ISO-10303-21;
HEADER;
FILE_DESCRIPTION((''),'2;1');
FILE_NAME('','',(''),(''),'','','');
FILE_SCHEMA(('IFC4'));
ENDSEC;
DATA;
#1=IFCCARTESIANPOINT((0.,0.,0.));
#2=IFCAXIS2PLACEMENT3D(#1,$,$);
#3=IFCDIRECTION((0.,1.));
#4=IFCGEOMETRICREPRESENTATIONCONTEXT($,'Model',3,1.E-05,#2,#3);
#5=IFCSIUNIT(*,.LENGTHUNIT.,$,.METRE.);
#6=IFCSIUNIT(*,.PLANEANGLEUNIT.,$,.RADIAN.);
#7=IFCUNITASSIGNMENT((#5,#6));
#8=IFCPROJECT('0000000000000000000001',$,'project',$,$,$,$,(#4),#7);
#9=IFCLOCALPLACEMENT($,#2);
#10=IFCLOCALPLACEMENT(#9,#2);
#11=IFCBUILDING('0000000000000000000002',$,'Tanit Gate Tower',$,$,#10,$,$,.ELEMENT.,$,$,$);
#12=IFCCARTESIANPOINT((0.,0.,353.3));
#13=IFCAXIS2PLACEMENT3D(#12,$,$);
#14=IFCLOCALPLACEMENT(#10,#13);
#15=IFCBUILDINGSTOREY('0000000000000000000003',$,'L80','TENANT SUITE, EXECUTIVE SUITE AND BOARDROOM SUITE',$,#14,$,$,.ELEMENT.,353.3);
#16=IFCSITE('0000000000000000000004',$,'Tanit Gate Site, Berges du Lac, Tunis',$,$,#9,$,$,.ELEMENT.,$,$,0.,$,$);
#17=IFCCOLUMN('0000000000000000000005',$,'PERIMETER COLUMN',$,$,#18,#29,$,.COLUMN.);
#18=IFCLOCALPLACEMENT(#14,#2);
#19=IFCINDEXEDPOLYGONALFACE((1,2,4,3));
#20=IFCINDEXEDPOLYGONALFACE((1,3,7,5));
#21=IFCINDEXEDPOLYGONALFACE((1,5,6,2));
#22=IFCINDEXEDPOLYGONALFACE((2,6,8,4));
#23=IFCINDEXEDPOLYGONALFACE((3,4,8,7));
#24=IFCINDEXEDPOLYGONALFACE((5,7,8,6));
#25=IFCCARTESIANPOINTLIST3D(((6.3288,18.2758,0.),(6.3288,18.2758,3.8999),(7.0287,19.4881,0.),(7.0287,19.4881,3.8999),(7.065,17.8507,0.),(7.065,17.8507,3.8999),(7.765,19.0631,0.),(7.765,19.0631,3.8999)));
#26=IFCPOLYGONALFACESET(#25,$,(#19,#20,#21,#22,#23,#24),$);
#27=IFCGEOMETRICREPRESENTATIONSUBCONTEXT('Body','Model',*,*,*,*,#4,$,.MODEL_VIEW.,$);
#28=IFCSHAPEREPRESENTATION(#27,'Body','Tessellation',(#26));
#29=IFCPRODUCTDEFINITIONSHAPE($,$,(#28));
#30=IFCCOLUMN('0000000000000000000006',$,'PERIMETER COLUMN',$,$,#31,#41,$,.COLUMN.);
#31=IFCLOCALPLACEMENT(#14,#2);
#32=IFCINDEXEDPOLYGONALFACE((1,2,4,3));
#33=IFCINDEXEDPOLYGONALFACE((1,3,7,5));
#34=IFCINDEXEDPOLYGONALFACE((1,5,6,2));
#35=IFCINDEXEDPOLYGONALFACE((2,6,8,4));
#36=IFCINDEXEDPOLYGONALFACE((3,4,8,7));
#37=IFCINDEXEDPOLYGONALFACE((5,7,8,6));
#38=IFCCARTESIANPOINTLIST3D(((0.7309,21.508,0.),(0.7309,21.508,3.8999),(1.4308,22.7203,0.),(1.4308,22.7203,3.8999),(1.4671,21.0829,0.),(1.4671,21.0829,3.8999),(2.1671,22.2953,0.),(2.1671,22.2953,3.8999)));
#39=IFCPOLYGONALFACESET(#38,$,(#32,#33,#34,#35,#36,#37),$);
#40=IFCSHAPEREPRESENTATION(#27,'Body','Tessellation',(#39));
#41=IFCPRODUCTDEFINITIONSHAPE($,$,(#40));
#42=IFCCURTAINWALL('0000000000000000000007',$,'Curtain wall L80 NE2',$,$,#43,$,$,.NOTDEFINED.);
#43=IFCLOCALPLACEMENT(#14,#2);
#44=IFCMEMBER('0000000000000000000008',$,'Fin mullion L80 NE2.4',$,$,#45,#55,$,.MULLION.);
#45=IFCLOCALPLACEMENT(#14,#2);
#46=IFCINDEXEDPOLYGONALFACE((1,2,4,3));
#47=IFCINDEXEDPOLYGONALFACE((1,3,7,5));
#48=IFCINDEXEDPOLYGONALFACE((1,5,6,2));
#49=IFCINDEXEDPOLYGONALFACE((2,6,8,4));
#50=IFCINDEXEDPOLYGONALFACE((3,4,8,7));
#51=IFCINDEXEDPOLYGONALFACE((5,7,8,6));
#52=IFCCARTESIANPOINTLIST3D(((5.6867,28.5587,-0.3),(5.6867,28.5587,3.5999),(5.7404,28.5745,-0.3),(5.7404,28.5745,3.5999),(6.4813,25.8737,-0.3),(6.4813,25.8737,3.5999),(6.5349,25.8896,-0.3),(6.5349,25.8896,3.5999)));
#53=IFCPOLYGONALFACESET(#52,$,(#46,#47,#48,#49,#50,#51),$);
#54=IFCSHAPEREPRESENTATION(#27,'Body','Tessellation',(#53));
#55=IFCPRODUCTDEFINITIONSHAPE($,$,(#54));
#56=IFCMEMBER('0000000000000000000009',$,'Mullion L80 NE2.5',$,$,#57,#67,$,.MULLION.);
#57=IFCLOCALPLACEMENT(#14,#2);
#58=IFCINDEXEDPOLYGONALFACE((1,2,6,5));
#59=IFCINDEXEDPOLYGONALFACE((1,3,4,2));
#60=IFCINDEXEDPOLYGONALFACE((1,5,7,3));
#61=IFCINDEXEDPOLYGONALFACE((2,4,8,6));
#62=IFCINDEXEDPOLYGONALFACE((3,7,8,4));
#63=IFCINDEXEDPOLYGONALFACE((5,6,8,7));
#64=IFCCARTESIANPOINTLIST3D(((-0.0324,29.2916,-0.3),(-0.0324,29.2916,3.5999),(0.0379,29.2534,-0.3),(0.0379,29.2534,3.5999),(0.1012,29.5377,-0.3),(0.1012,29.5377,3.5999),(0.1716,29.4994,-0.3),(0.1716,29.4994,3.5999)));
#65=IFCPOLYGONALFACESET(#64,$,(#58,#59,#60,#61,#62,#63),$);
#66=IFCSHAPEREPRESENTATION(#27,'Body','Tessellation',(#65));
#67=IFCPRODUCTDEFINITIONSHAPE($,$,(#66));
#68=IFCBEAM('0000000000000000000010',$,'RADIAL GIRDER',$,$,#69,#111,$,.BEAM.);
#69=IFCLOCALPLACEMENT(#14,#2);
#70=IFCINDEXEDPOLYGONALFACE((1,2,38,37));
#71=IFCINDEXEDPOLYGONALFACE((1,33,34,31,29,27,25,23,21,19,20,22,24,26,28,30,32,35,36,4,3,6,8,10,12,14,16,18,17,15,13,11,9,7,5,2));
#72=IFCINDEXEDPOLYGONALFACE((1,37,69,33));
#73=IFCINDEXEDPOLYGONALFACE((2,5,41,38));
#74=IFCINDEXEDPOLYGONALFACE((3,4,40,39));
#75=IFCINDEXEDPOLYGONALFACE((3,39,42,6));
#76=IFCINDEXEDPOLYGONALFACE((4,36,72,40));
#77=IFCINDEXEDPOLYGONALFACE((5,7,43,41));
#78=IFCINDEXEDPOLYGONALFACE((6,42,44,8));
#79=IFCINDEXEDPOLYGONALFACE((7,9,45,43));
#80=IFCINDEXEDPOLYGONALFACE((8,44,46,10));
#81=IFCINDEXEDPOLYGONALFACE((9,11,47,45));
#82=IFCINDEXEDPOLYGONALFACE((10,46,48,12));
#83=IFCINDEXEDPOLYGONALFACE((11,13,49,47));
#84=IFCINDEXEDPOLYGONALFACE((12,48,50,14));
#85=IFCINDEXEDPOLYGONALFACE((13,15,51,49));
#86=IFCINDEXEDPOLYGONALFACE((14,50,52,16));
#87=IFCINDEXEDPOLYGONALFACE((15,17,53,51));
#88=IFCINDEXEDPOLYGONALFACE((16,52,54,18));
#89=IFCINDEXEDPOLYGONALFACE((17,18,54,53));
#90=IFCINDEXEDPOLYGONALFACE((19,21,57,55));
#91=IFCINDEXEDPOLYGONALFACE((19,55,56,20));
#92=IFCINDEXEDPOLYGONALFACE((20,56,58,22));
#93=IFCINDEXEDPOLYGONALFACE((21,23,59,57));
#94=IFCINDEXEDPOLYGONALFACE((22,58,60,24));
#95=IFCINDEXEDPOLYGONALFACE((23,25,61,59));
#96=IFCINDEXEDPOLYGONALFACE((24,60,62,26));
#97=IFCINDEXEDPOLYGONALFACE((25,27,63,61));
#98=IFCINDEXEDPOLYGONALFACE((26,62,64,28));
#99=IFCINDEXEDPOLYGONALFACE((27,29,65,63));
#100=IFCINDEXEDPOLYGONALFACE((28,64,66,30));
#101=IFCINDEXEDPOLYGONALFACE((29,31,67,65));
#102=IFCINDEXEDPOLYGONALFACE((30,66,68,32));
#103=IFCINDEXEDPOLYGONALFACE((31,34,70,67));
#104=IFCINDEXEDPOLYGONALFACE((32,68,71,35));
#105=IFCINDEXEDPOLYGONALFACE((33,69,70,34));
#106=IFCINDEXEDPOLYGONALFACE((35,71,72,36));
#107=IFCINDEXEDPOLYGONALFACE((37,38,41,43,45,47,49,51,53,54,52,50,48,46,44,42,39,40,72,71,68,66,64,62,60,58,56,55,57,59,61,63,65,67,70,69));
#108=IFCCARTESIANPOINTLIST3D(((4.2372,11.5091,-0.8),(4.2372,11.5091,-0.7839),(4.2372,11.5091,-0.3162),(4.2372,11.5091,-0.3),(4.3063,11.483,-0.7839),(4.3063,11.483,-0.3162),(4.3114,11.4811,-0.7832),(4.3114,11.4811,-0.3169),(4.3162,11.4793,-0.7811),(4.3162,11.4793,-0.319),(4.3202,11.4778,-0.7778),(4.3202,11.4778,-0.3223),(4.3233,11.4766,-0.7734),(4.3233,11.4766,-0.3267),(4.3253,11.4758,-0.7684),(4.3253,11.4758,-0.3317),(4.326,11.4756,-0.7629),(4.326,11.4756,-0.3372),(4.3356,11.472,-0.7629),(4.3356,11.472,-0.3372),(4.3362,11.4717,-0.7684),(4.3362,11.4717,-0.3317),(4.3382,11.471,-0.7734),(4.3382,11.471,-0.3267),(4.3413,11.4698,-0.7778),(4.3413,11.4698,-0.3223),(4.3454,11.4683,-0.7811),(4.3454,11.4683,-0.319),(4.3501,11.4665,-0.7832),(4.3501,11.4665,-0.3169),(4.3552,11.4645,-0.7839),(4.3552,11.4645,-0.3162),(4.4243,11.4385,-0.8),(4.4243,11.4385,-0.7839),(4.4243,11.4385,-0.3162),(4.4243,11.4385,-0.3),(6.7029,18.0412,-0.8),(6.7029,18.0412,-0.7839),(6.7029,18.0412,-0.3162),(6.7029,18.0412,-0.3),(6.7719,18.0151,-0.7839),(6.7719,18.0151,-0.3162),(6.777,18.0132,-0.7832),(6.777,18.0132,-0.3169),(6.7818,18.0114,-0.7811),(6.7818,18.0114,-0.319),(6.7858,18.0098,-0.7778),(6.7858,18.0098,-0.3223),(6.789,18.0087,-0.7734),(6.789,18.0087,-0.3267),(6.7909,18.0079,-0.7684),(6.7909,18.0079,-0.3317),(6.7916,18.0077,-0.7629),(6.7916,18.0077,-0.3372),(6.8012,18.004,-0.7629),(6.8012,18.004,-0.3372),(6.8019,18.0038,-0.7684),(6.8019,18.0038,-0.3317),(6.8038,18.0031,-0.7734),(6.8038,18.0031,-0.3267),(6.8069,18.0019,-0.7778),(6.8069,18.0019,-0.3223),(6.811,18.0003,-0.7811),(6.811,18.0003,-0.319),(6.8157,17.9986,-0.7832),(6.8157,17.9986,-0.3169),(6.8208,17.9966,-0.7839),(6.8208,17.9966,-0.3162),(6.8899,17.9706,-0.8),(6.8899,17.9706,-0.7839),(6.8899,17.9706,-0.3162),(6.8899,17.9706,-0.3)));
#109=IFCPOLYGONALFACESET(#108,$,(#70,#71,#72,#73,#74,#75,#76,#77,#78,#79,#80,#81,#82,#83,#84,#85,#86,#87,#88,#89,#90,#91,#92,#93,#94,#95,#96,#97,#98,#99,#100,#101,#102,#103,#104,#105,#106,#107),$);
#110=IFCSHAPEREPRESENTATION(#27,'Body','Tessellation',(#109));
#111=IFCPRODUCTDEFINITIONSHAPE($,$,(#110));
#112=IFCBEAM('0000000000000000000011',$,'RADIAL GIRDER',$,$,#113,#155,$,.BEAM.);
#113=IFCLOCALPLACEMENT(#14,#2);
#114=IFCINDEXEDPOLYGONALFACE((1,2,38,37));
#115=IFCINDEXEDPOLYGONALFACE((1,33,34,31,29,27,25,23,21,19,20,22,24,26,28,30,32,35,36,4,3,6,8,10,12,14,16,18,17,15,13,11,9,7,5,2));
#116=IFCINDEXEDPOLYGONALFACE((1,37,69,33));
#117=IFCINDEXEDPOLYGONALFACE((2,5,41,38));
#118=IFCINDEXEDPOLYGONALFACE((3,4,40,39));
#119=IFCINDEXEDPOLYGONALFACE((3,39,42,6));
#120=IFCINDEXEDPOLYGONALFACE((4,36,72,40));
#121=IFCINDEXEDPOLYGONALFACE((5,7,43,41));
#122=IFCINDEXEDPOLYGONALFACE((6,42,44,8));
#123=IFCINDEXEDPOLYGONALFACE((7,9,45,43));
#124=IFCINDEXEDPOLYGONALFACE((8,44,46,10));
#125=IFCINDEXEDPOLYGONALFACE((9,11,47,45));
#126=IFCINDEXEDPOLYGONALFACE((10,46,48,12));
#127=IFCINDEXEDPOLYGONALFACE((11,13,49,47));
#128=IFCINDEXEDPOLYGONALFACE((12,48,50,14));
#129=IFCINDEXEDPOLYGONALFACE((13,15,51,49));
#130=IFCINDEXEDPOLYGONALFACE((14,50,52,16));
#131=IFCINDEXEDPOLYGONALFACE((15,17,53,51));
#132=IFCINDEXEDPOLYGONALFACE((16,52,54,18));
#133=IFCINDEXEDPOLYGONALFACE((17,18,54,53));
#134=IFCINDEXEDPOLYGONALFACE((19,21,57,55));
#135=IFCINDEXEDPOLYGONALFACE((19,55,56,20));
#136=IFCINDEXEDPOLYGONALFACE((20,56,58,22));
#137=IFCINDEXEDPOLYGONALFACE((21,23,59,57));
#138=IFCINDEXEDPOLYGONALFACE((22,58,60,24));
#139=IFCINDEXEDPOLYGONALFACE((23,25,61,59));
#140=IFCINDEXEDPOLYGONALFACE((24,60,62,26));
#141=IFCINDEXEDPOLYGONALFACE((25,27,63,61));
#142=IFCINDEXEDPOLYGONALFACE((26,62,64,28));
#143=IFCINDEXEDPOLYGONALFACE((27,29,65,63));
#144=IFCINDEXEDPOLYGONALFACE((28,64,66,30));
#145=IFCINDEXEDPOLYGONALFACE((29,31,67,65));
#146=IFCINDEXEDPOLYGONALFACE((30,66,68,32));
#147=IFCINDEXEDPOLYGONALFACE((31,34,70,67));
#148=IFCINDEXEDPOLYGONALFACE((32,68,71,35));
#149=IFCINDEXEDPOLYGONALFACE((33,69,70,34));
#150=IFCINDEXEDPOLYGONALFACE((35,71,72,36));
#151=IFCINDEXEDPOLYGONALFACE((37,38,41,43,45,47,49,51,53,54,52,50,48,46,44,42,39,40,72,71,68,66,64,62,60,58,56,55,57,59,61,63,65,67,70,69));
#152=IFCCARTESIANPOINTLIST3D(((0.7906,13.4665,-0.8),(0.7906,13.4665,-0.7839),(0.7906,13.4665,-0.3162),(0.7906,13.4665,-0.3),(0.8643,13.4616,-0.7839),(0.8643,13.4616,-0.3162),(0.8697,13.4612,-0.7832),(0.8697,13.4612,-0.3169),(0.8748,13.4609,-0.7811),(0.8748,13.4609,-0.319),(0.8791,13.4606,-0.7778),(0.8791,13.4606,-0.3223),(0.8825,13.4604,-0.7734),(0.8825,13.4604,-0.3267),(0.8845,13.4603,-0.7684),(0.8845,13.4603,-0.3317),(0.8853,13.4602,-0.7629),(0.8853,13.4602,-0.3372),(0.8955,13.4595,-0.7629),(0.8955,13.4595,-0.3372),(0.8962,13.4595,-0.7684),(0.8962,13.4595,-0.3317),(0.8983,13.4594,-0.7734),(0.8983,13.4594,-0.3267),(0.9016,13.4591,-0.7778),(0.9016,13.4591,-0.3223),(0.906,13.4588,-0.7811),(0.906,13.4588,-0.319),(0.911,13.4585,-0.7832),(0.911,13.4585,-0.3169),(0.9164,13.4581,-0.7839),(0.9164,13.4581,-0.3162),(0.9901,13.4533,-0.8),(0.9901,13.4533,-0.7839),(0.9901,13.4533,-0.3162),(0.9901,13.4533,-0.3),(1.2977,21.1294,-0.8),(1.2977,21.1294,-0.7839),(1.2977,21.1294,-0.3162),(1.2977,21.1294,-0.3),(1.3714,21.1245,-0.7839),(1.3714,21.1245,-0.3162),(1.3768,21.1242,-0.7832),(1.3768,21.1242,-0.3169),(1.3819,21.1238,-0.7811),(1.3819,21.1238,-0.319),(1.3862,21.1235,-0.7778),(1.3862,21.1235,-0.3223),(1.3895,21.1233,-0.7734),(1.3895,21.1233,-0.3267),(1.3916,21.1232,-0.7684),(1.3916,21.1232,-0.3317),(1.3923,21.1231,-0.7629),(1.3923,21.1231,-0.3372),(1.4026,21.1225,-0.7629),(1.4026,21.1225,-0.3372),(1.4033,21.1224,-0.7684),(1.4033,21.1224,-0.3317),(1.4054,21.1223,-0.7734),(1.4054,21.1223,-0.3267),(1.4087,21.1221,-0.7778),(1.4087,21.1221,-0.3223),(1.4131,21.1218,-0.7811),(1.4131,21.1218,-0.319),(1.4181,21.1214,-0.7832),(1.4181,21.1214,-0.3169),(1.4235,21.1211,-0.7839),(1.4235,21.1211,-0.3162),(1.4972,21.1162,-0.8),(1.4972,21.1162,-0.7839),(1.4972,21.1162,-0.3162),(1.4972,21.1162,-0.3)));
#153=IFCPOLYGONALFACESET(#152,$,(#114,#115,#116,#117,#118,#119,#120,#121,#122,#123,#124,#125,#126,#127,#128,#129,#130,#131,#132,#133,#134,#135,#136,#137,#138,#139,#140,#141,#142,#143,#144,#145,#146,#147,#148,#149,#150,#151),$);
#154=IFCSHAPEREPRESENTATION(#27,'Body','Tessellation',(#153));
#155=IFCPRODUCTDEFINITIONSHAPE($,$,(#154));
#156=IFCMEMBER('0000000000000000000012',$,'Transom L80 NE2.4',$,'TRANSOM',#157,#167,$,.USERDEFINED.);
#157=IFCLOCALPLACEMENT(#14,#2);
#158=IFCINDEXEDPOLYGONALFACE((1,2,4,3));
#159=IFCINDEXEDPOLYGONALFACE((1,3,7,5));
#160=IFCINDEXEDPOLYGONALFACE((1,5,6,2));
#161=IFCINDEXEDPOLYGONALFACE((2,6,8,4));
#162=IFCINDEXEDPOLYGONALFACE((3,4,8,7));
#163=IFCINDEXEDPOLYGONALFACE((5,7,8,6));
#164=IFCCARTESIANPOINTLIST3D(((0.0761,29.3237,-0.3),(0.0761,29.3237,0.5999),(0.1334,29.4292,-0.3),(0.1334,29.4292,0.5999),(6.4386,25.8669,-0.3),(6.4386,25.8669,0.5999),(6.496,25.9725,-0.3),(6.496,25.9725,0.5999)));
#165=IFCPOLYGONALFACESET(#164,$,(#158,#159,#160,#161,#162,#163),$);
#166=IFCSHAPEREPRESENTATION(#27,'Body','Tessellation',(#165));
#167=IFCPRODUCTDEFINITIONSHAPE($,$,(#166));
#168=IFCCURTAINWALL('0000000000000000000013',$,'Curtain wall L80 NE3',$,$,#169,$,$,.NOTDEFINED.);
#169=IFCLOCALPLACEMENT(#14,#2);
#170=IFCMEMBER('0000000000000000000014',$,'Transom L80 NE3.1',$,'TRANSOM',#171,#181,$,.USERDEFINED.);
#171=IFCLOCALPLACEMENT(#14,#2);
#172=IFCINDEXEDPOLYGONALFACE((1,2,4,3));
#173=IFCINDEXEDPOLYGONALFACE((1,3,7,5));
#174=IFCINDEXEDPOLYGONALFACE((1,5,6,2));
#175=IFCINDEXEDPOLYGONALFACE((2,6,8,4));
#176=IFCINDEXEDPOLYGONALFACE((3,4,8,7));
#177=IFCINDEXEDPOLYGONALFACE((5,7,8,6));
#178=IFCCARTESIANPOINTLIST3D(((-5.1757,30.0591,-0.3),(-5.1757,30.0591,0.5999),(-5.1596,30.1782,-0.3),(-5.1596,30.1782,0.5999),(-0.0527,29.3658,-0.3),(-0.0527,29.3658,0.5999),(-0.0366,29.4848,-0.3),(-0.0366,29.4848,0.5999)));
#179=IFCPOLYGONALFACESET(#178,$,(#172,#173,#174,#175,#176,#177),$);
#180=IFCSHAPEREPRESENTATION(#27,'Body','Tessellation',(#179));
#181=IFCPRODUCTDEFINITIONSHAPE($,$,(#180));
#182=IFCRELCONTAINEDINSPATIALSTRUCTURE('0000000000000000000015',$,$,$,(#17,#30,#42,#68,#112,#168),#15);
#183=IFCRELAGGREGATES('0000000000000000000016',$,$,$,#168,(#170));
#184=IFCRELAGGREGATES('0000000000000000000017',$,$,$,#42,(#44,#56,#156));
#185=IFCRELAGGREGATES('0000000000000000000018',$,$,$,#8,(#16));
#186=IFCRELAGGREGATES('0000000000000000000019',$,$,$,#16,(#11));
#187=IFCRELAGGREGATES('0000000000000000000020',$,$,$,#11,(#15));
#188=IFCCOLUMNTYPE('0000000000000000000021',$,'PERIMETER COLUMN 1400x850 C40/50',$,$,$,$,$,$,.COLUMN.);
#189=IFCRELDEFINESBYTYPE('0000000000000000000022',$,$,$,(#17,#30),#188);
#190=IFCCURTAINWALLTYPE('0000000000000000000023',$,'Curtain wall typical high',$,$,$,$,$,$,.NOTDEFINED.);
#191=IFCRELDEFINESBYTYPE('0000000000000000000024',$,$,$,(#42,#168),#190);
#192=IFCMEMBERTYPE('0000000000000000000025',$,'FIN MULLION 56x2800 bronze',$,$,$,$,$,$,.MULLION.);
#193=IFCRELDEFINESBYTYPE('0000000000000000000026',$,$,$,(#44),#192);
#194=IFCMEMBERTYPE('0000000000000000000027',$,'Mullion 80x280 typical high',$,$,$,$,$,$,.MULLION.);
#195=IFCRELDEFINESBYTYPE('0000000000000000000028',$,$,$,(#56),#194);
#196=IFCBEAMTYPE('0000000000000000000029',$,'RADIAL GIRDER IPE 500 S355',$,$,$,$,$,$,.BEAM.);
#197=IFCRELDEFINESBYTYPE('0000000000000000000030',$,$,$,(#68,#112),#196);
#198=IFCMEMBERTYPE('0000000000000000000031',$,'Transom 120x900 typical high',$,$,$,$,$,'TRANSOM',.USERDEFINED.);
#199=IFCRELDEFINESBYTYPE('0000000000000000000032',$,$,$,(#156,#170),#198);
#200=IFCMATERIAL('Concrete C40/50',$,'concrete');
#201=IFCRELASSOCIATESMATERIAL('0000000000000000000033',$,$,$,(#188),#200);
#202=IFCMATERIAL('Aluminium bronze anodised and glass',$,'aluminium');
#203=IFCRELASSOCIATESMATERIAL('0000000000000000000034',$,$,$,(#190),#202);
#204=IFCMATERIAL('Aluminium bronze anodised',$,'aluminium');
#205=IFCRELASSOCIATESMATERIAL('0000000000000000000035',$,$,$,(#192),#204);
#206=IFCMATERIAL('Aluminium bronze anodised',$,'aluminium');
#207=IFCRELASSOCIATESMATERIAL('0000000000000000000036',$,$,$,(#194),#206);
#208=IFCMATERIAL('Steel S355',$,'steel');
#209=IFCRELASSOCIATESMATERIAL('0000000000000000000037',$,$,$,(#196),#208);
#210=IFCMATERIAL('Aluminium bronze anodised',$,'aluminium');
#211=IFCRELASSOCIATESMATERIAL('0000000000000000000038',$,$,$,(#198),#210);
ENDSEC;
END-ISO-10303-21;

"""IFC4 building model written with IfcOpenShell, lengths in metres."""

from ifc_helpers import new_model, si_unit, direction, frame, origin, origin_2d, place, context, subcontext, project, spatial, rectangle, i_section, extrude, material, material_profile, profile_set, type_object, element, aggregate, save


model = new_model("IFC4")

# Units and contexts
model_context = context("Model", 3, precision=1e-05, world=origin(), true_north=direction((0.0, 1.0)))
body_context = subcontext(model_context, "Body", "Model", "MODEL_VIEW")
ifc_project = project(units=[si_unit("LENGTHUNIT", "METRE"), si_unit("PLANEANGLEUNIT", "RADIAN")], contexts=[model_context])

# Site, building, storey
site_placement = place(None, origin())
site = spatial("IfcSite", under=ifc_project, at=site_placement, Name="Tanit Gate Site, Berges du Lac, Tunis", CompositionType="ELEMENT", RefElevation=0.0)
building_placement = place(site_placement, origin())
building = spatial("IfcBuilding", under=site, at=building_placement, Name="Tanit Gate Tower", CompositionType="ELEMENT")
storey_placement = place(building_placement, frame((0.0, 0.0, 353.3)))
storey = spatial("IfcBuildingStorey", under=building, at=storey_placement, Name="L80", Description="TENANT SUITE, EXECUTIVE SUITE AND BOARDROOM SUITE", CompositionType="ELEMENT", Elevation=353.3)

# Columns
ifc_material_1 = material(Name="Concrete C40/50", Category="concrete")
ifc_material_profile_1 = material_profile(ifc_material_1, rectangle(XDim=1.3999, YDim=0.8501, at=origin_2d()), Name="RC 1400x850")
ifc_profile_set_1 = profile_set([ifc_material_profile_1], Name="Concrete C40/50")
column_type = type_object("IfcColumnType", Name="PERIMETER COLUMN 1400x850 C40/50", PredefinedType="COLUMN", material=ifc_profile_set_1)
for number, where, z_axis, x_axis, name in (
    (1, (7.0469, 18.6694, 0.0), (0.0, 0.0, 1.0), (0.5, 0.866025, 0.0), "PERIMETER COLUMN"),
    (2, (1.449, 21.9016, 0.0), (0.0, 0.0, 1.0), (0.5, 0.866025, 0.0), "PERIMETER COLUMN"),
):
    element("IfcColumn", number, at=place(storey_placement, frame(where, z_axis=z_axis, x_axis=x_axis)), inside=storey, type_object=column_type, Name=name, PredefinedType="COLUMN", context=body_context, shape_type="SweptSolid", body=[
        extrude(rectangle(XDim=1.3999, YDim=0.8501, at=origin_2d()), origin(), (0.0, 0.0, 1.0), 3.8999),
    ])

# Curtain wall, members
ifc_material_2 = material(Name="Aluminium bronze anodised and glass", Category="aluminium")
curtain_wall_type = type_object("IfcCurtainWallType", Name="Curtain wall typical high", PredefinedType="NOTDEFINED", material=ifc_material_2)
curtain_wall_1_placement = place(storey_placement, origin())
curtain_wall_1 = element("IfcCurtainWall", 3, at=curtain_wall_1_placement, inside=storey, type_object=curtain_wall_type, Name="Curtain wall L80 NE2", PredefinedType="NOTDEFINED")
ifc_material_3 = material(Name="Aluminium bronze anodised", Category="aluminium")
ifc_material_profile_2 = material_profile(ifc_material_3, rectangle(XDim=2.8, YDim=0.0559, at=origin_2d()), Name="56x2800 bronze fin mullion")
ifc_profile_set_2 = profile_set([ifc_material_profile_2], Name="Aluminium bronze anodised")
member_type_1 = type_object("IfcMemberType", Name="FIN MULLION 56x2800 bronze", PredefinedType="MULLION", material=ifc_profile_set_2)
member_1_placement = place(storey_placement, frame((6.1108, 27.2241, -0.3), z_axis=(0.0, 0.0, 1.0), x_axis=(0.283773, -0.958892, 0.0)))
member_1 = element("IfcMember", 4, at=member_1_placement, type_object=member_type_1, Name="Fin mullion L80 NE2.4", PredefinedType="MULLION", context=body_context, shape_type="SweptSolid", body=[
    extrude(rectangle(XDim=2.8, YDim=0.0559, at=origin_2d()), origin(), (0.0, 0.0, 1.0), 3.8999),
])
ifc_material_4 = material(Name="Aluminium bronze anodised", Category="aluminium")
ifc_material_profile_3 = material_profile(ifc_material_4, rectangle(XDim=0.28, YDim=0.0801, at=origin_2d()), Name="80x280 bronze mullion")
ifc_profile_set_3 = profile_set([ifc_material_profile_3], Name="Aluminium bronze anodised")
member_type_2 = type_object("IfcMemberType", Name="Mullion 80x280 typical high", PredefinedType="MULLION", material=ifc_profile_set_3)
member_2_placement = place(storey_placement, frame((0.0696, 29.3955, -0.3), z_axis=(0.0, 0.0, 1.0), x_axis=(-0.477381, -0.878696, 0.0)))
member_2 = element("IfcMember", 5, at=member_2_placement, type_object=member_type_2, Name="Mullion L80 NE2.5", PredefinedType="MULLION", context=body_context, shape_type="SweptSolid", body=[
    extrude(rectangle(XDim=0.28, YDim=0.0801, at=origin_2d()), origin(), (0.0, 0.0, 1.0), 3.8999),
])

# Beams
ifc_material_5 = material(Name="Steel S355", Category="steel")
ifc_material_profile_4 = material_profile(ifc_material_5, i_section(OverallWidth=0.2, OverallDepth=0.5, WebThickness=0.0103, FlangeThickness=0.0161, FilletRadius=0.021, at=origin_2d()), Name="IPE 500")
ifc_profile_set_4 = profile_set([ifc_material_profile_4], Name="Steel S355")
beam_type = type_object("IfcBeamType", Name="RADIAL GIRDER IPE 500 S355", PredefinedType="BEAM", material=ifc_profile_set_4)
beam_1_placement = place(storey_placement, frame((6.7964, 18.0059, -0.55), z_axis=(-0.353142, -0.93557, 0.0), x_axis=(0.93557, -0.353142, 0.0)))
element("IfcBeam", 6, at=beam_1_placement, inside=storey, type_object=beam_type, Name="RADIAL GIRDER", PredefinedType="BEAM", context=body_context, shape_type="SweptSolid", body=[
    extrude(i_section(OverallWidth=0.2, OverallDepth=0.5, WebThickness=0.0103, FlangeThickness=0.0161, FilletRadius=0.021, at=origin_2d()), origin(), (0.0, 0.0, 1.0), 6.9819),
])
beam_2_placement = place(storey_placement, frame((1.3975, 21.1228, -0.55), z_axis=(-0.066029, -0.997818, 0.0), x_axis=(0.997818, -0.066029, 0.0)))
element("IfcBeam", 7, at=beam_2_placement, inside=storey, type_object=beam_type, Name="RADIAL GIRDER", PredefinedType="BEAM", context=body_context, shape_type="SweptSolid", body=[
    extrude(i_section(OverallWidth=0.2, OverallDepth=0.5, WebThickness=0.0103, FlangeThickness=0.0161, FilletRadius=0.021, at=origin_2d()), origin(), (0.0, 0.0, 1.0), 7.6797),
])

# Member
ifc_material_6 = material(Name="Aluminium bronze anodised", Category="aluminium")
ifc_material_profile_5 = material_profile(ifc_material_6, rectangle(XDim=0.1201, YDim=0.8999, at=origin_2d()), Name="120x900 bronze transom")
ifc_profile_set_5 = profile_set([ifc_material_profile_5], Name="Aluminium bronze anodised")
member_type_3 = type_object("IfcMemberType", Name="Transom 120x900 typical high", ElementType="TRANSOM", PredefinedType="USERDEFINED", material=ifc_profile_set_5)
member_3_placement = place(storey_placement, frame((6.4673, 25.9197, 0.1499), z_axis=(-0.878689, 0.477394, 0.0), x_axis=(-0.477394, -0.878689, 0.0)))
member_3 = element("IfcMember", 8, at=member_3_placement, type_object=member_type_3, Name="Transom L80 NE2.4", ObjectType="TRANSOM", PredefinedType="USERDEFINED", context=body_context, shape_type="SweptSolid", body=[
    extrude(rectangle(XDim=0.1201, YDim=0.8999, at=origin_2d()), origin(), (0.0, 0.0, 1.0), 7.241),
])

# Curtain wall, member
curtain_wall_2_placement = place(storey_placement, origin())
curtain_wall_2 = element("IfcCurtainWall", 9, at=curtain_wall_2_placement, inside=storey, type_object=curtain_wall_type, Name="Curtain wall L80 NE3", PredefinedType="NOTDEFINED")
member_4_placement = place(storey_placement, frame((-0.0447, 29.4253, 0.1499), z_axis=(-0.990965, 0.134118, 0.0), x_axis=(-0.134118, -0.990965, 0.0)))
member_4 = element("IfcMember", 10, at=member_4_placement, type_object=member_type_3, Name="Transom L80 NE3.1", ObjectType="TRANSOM", PredefinedType="USERDEFINED", context=body_context, shape_type="SweptSolid", body=[
    extrude(rectangle(XDim=0.1201, YDim=0.8999, at=origin_2d()), origin(), (0.0, 0.0, 1.0), 5.1697),
])
aggregate(curtain_wall_2, [member_4])

aggregate(curtain_wall_1, [member_1, member_2, member_3])

save(model, "model.ifc")
